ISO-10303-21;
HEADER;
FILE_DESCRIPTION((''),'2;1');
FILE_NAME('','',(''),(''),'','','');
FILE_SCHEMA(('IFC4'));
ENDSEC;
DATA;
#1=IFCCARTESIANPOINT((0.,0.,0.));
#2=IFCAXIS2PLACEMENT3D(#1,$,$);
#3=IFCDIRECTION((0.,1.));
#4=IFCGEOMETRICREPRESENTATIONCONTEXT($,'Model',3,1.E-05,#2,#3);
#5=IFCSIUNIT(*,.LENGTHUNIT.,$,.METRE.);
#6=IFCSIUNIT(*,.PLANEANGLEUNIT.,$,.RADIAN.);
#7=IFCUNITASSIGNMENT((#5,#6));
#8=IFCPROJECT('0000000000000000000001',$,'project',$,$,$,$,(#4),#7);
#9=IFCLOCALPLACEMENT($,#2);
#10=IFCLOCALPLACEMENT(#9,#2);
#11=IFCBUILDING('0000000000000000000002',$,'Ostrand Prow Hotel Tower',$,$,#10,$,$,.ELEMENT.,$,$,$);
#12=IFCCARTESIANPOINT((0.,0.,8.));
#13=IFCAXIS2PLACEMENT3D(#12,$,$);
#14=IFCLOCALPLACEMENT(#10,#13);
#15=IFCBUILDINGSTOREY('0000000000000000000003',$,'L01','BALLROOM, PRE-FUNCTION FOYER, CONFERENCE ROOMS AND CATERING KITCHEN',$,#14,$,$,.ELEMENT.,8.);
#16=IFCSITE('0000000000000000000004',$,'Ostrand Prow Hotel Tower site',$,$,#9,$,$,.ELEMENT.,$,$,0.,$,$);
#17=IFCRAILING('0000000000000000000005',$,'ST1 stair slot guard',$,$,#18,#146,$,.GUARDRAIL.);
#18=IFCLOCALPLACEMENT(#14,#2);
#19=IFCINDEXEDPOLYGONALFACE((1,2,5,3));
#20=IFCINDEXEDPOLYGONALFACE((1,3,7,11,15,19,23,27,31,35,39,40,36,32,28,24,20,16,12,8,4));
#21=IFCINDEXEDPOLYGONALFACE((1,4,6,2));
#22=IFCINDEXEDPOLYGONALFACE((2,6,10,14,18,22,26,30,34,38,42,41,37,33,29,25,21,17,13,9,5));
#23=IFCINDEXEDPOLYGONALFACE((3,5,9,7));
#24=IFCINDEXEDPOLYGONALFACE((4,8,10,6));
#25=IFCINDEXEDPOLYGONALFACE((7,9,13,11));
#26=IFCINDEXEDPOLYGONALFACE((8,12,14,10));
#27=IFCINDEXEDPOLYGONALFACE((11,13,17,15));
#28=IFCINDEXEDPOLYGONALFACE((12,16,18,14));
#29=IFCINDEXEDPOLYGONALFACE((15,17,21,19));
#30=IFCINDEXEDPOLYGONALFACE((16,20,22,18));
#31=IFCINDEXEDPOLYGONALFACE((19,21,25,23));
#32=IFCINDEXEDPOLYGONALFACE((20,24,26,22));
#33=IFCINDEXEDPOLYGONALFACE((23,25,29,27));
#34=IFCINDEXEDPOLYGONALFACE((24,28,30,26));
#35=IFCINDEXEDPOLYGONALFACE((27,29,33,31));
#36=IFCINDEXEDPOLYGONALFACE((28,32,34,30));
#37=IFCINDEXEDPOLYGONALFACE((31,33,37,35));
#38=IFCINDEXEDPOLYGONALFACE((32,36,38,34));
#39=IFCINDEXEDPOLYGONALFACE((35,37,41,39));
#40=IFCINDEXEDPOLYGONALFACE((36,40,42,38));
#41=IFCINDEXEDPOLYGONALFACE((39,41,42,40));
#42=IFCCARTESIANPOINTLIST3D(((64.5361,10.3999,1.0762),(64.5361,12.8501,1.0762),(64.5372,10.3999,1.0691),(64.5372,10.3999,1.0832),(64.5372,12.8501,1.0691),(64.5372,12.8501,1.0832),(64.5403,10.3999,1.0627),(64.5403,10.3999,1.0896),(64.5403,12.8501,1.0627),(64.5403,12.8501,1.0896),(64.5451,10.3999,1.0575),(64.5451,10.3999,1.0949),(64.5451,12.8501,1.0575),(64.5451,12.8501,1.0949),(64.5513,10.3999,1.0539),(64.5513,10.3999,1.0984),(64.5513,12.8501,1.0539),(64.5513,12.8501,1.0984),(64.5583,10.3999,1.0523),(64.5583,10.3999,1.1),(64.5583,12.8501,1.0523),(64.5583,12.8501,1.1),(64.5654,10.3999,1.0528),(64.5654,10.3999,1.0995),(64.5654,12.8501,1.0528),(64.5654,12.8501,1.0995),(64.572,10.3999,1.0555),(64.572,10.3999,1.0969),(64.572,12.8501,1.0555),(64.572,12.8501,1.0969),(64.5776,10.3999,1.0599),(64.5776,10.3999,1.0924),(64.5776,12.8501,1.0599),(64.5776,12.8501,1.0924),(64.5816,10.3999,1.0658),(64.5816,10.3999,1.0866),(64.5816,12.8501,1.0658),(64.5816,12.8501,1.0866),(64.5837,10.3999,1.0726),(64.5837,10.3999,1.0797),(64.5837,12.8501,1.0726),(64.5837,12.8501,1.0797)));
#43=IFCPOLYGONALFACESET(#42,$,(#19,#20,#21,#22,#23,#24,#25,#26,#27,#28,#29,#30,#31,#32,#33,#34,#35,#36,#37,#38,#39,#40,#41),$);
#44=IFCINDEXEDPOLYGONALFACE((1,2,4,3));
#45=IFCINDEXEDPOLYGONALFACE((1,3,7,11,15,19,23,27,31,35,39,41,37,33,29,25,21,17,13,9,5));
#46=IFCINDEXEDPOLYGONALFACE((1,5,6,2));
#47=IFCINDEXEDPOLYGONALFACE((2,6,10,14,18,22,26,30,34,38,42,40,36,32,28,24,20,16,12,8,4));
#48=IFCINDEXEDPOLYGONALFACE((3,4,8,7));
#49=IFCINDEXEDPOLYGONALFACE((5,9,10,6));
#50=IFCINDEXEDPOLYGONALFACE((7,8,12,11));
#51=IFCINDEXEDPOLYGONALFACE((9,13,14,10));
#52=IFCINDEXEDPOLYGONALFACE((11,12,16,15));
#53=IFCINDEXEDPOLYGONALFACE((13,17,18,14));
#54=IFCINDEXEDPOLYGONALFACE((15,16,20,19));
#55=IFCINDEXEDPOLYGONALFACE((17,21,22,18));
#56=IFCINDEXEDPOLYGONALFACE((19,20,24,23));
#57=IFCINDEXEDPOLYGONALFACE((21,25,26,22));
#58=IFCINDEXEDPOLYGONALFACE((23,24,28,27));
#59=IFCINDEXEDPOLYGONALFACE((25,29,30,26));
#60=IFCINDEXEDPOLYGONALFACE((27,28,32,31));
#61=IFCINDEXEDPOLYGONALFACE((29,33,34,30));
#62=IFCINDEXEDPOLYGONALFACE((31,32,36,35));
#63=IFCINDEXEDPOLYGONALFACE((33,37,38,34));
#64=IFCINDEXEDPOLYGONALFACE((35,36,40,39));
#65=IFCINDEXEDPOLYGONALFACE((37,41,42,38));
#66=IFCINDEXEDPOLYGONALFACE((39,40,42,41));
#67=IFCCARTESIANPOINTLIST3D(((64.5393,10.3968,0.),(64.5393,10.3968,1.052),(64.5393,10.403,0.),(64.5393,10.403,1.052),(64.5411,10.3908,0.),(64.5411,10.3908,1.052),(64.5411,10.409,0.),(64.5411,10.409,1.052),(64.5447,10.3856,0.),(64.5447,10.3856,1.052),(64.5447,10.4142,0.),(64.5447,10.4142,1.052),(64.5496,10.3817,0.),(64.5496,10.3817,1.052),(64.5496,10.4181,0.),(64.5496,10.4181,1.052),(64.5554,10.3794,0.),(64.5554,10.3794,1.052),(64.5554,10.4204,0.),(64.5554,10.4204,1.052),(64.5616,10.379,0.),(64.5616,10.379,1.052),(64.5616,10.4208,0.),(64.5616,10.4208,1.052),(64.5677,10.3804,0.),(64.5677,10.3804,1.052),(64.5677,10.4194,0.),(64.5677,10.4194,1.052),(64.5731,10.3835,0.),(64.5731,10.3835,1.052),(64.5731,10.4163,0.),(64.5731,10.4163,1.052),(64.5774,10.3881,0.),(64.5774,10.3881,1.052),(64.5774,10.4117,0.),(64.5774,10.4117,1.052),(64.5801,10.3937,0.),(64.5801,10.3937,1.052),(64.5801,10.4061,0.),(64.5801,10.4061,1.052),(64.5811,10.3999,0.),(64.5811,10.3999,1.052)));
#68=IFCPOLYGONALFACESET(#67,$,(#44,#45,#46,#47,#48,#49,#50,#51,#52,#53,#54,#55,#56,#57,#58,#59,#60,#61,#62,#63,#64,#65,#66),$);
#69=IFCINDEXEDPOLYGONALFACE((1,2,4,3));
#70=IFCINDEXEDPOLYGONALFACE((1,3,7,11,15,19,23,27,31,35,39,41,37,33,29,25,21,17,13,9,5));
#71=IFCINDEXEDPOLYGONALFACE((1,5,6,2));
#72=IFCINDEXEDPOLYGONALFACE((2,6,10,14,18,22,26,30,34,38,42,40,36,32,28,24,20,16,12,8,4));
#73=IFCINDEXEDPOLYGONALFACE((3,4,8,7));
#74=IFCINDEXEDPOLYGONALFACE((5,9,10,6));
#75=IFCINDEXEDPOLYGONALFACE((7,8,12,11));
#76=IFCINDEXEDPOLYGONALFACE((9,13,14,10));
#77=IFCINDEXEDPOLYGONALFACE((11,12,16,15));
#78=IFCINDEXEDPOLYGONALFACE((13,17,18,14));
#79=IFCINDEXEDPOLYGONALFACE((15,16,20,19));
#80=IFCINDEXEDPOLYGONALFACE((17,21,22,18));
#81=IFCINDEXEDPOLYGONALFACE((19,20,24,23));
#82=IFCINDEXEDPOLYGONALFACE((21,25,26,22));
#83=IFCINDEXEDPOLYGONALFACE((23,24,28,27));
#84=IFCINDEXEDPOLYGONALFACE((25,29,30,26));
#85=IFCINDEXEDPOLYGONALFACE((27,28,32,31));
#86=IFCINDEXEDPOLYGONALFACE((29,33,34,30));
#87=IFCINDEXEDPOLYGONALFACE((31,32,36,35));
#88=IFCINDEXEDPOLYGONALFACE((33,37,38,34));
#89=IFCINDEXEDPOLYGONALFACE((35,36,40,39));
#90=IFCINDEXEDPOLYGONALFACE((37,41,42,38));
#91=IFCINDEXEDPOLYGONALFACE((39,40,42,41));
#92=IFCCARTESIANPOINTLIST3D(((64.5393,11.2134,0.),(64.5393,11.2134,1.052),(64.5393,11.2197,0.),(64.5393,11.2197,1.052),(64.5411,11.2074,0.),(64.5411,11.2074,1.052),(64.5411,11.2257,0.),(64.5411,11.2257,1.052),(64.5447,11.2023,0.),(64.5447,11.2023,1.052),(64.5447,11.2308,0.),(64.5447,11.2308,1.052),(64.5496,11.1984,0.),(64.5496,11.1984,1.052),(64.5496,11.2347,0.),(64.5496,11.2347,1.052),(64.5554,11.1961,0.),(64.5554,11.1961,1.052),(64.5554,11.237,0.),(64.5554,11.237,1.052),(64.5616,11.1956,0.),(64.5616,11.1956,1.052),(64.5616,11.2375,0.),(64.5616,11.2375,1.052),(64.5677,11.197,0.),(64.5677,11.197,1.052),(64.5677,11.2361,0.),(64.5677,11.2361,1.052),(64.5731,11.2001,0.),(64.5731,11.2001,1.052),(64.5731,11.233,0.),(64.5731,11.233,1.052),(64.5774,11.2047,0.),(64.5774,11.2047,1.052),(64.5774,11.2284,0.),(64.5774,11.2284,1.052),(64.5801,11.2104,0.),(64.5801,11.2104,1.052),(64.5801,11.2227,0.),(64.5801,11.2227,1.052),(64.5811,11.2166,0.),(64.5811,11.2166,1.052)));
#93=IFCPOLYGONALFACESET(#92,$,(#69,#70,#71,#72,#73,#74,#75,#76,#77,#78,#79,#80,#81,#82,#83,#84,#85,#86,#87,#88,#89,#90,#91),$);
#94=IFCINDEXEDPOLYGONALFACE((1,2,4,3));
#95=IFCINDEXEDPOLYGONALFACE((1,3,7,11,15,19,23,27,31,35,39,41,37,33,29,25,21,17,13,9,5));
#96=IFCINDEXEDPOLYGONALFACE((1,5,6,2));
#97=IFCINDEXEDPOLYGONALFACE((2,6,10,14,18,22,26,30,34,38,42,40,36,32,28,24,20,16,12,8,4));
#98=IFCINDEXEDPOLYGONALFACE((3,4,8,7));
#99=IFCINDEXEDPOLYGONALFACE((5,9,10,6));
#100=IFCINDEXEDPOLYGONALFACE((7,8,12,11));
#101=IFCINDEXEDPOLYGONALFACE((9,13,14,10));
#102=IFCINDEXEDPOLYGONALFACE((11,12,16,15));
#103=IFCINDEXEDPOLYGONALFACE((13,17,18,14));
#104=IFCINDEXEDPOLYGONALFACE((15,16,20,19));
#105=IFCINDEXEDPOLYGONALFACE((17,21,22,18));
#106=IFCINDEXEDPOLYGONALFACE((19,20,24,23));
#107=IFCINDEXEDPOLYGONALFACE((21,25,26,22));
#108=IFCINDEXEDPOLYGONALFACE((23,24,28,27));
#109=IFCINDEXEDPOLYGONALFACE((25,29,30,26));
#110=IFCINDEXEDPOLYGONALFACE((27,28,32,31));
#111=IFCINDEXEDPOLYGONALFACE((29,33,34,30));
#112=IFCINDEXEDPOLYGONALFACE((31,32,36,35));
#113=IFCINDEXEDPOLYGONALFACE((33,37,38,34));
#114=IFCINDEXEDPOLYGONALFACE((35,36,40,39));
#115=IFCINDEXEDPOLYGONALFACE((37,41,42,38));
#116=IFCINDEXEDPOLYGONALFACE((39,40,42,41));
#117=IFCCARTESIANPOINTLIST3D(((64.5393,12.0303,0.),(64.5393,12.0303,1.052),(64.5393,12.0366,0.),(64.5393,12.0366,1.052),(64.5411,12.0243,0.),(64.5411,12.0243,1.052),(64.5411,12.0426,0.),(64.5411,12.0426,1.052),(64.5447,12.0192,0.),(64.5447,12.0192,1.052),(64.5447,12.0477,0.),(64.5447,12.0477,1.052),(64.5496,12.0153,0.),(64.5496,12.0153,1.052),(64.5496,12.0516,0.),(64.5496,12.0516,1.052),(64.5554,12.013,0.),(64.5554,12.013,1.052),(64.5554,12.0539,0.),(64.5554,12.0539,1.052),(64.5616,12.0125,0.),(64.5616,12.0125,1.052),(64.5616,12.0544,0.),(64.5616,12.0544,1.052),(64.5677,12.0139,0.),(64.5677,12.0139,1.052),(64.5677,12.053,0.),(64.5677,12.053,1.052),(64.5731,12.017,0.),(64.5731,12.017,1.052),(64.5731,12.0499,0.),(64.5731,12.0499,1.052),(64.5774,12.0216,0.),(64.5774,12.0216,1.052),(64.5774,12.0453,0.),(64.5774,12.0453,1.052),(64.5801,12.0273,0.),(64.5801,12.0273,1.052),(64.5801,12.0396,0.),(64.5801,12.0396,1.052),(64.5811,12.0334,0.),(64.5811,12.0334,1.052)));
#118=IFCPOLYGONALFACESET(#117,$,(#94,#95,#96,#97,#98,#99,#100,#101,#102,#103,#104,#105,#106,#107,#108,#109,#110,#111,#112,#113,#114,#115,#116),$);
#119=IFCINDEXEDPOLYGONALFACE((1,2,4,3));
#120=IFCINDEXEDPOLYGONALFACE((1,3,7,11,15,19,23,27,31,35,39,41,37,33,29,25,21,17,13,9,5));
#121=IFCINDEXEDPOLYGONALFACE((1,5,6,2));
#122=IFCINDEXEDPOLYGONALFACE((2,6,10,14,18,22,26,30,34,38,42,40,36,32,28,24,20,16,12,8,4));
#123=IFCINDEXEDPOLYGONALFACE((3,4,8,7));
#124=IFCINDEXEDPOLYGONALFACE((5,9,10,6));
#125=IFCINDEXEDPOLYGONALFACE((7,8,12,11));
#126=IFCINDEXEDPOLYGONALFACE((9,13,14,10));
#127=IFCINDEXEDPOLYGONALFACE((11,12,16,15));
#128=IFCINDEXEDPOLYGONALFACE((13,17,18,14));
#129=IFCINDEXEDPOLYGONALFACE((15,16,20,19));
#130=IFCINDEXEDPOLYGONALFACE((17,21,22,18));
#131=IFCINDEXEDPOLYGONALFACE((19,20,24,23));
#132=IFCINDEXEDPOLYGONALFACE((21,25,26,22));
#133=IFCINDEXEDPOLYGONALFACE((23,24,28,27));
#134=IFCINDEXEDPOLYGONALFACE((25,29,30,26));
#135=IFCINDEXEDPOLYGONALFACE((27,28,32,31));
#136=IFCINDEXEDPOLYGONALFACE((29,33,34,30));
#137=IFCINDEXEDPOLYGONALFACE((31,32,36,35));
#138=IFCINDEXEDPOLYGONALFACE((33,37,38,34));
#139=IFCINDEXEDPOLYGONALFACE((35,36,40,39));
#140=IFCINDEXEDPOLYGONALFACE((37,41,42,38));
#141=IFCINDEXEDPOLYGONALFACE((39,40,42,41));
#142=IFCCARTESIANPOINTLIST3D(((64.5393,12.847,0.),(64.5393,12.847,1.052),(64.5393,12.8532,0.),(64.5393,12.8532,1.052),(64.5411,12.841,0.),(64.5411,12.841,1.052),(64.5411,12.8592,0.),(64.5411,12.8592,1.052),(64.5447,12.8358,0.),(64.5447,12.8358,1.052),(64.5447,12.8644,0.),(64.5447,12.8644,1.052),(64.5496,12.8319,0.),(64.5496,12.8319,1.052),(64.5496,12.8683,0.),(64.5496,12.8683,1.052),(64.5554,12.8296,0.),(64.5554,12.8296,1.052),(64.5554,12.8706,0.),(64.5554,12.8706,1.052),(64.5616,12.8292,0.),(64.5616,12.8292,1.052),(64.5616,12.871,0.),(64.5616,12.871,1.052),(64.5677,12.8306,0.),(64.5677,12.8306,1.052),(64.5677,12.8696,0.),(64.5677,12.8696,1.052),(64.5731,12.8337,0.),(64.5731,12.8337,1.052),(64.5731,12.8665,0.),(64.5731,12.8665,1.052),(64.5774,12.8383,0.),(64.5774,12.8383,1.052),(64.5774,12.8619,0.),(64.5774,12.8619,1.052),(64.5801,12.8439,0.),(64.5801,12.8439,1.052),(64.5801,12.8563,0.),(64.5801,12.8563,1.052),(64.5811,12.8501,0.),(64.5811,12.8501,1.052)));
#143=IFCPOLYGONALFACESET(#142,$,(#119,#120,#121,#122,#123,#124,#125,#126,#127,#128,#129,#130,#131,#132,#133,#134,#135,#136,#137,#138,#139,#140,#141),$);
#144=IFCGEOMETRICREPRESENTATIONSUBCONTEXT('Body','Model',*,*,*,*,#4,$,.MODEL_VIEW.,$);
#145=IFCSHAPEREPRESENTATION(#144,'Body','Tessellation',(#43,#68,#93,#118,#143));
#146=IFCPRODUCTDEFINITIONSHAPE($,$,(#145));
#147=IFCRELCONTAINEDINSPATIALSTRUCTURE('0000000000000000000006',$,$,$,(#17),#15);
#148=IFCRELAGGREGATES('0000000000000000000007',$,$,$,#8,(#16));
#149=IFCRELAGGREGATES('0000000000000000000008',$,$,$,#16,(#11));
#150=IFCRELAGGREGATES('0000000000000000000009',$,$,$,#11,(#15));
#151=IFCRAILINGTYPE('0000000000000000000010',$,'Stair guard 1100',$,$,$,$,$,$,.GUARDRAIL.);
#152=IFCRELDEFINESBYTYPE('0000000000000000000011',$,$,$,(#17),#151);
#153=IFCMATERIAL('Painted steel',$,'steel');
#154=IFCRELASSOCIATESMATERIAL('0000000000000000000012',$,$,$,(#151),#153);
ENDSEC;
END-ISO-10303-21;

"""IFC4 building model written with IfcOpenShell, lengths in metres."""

from ifc_helpers import new_model, si_unit, direction, frame, origin, origin_2d, place, context, subcontext, project, spatial, circle, extrude, material, type_object, element, save


model = new_model("IFC4")

# Units and contexts
model_context = context("Model", 3, precision=1e-05, world=origin(), true_north=direction((0.0, 1.0)))
body_context = subcontext(model_context, "Body", "Model", "MODEL_VIEW")
ifc_project = project(units=[si_unit("LENGTHUNIT", "METRE"), si_unit("PLANEANGLEUNIT", "RADIAN")], contexts=[model_context])

# Site, building, storey
site_placement = place(None, origin())
site = spatial("IfcSite", under=ifc_project, at=site_placement, Name="Ostrand Prow Hotel Tower site", CompositionType="ELEMENT", RefElevation=0.0)
building_placement = place(site_placement, origin())
building = spatial("IfcBuilding", under=site, at=building_placement, Name="Ostrand Prow Hotel Tower", CompositionType="ELEMENT")
storey_placement = place(building_placement, frame((0.0, 0.0, 8.0)))
storey = spatial("IfcBuildingStorey", under=building, at=storey_placement, Name="L01", Description="BALLROOM, PRE-FUNCTION FOYER, CONFERENCE ROOMS AND CATERING KITCHEN", CompositionType="ELEMENT", Elevation=8.0)

# Railing
ifc_material_1 = material(Name="Painted steel", Category="steel")
railing_type_1 = type_object("IfcRailingType", Name="Stair guard 1100", PredefinedType="GUARDRAIL", material=ifc_material_1)
railing_1_placement = place(storey_placement, frame((64.5601, 10.3999, 0.0)))
element("IfcRailing", 1, at=railing_1_placement, inside=storey, type_object=railing_type_1, Name="ST1 stair slot guard", PredefinedType="GUARDRAIL", context=body_context, shape_type="SweptSolid", body=[
    extrude(circle(Radius=0.0239, at=origin_2d()), frame((0.0, 0.0, 1.0762), z_axis=(0.0, 1.0, 0.0), x_axis=(-1.0, 0.0, 0.0)), (0.0, 0.0, 1.0), 2.4502),
    extrude(circle(Radius=0.021, at=origin_2d()), origin(), (0.0, 0.0, 1.0), 1.052),
    extrude(circle(Radius=0.021, at=origin_2d()), frame((0.0, 0.8167, 0.0)), (0.0, 0.0, 1.0), 1.052),
    extrude(circle(Radius=0.021, at=origin_2d()), frame((0.0, 1.6335, 0.0)), (0.0, 0.0, 1.0), 1.052),
    extrude(circle(Radius=0.021, at=origin_2d()), frame((0.0, 2.4502, 0.0)), (0.0, 0.0, 1.0), 1.052),
])

save(model, "model.ifc")
